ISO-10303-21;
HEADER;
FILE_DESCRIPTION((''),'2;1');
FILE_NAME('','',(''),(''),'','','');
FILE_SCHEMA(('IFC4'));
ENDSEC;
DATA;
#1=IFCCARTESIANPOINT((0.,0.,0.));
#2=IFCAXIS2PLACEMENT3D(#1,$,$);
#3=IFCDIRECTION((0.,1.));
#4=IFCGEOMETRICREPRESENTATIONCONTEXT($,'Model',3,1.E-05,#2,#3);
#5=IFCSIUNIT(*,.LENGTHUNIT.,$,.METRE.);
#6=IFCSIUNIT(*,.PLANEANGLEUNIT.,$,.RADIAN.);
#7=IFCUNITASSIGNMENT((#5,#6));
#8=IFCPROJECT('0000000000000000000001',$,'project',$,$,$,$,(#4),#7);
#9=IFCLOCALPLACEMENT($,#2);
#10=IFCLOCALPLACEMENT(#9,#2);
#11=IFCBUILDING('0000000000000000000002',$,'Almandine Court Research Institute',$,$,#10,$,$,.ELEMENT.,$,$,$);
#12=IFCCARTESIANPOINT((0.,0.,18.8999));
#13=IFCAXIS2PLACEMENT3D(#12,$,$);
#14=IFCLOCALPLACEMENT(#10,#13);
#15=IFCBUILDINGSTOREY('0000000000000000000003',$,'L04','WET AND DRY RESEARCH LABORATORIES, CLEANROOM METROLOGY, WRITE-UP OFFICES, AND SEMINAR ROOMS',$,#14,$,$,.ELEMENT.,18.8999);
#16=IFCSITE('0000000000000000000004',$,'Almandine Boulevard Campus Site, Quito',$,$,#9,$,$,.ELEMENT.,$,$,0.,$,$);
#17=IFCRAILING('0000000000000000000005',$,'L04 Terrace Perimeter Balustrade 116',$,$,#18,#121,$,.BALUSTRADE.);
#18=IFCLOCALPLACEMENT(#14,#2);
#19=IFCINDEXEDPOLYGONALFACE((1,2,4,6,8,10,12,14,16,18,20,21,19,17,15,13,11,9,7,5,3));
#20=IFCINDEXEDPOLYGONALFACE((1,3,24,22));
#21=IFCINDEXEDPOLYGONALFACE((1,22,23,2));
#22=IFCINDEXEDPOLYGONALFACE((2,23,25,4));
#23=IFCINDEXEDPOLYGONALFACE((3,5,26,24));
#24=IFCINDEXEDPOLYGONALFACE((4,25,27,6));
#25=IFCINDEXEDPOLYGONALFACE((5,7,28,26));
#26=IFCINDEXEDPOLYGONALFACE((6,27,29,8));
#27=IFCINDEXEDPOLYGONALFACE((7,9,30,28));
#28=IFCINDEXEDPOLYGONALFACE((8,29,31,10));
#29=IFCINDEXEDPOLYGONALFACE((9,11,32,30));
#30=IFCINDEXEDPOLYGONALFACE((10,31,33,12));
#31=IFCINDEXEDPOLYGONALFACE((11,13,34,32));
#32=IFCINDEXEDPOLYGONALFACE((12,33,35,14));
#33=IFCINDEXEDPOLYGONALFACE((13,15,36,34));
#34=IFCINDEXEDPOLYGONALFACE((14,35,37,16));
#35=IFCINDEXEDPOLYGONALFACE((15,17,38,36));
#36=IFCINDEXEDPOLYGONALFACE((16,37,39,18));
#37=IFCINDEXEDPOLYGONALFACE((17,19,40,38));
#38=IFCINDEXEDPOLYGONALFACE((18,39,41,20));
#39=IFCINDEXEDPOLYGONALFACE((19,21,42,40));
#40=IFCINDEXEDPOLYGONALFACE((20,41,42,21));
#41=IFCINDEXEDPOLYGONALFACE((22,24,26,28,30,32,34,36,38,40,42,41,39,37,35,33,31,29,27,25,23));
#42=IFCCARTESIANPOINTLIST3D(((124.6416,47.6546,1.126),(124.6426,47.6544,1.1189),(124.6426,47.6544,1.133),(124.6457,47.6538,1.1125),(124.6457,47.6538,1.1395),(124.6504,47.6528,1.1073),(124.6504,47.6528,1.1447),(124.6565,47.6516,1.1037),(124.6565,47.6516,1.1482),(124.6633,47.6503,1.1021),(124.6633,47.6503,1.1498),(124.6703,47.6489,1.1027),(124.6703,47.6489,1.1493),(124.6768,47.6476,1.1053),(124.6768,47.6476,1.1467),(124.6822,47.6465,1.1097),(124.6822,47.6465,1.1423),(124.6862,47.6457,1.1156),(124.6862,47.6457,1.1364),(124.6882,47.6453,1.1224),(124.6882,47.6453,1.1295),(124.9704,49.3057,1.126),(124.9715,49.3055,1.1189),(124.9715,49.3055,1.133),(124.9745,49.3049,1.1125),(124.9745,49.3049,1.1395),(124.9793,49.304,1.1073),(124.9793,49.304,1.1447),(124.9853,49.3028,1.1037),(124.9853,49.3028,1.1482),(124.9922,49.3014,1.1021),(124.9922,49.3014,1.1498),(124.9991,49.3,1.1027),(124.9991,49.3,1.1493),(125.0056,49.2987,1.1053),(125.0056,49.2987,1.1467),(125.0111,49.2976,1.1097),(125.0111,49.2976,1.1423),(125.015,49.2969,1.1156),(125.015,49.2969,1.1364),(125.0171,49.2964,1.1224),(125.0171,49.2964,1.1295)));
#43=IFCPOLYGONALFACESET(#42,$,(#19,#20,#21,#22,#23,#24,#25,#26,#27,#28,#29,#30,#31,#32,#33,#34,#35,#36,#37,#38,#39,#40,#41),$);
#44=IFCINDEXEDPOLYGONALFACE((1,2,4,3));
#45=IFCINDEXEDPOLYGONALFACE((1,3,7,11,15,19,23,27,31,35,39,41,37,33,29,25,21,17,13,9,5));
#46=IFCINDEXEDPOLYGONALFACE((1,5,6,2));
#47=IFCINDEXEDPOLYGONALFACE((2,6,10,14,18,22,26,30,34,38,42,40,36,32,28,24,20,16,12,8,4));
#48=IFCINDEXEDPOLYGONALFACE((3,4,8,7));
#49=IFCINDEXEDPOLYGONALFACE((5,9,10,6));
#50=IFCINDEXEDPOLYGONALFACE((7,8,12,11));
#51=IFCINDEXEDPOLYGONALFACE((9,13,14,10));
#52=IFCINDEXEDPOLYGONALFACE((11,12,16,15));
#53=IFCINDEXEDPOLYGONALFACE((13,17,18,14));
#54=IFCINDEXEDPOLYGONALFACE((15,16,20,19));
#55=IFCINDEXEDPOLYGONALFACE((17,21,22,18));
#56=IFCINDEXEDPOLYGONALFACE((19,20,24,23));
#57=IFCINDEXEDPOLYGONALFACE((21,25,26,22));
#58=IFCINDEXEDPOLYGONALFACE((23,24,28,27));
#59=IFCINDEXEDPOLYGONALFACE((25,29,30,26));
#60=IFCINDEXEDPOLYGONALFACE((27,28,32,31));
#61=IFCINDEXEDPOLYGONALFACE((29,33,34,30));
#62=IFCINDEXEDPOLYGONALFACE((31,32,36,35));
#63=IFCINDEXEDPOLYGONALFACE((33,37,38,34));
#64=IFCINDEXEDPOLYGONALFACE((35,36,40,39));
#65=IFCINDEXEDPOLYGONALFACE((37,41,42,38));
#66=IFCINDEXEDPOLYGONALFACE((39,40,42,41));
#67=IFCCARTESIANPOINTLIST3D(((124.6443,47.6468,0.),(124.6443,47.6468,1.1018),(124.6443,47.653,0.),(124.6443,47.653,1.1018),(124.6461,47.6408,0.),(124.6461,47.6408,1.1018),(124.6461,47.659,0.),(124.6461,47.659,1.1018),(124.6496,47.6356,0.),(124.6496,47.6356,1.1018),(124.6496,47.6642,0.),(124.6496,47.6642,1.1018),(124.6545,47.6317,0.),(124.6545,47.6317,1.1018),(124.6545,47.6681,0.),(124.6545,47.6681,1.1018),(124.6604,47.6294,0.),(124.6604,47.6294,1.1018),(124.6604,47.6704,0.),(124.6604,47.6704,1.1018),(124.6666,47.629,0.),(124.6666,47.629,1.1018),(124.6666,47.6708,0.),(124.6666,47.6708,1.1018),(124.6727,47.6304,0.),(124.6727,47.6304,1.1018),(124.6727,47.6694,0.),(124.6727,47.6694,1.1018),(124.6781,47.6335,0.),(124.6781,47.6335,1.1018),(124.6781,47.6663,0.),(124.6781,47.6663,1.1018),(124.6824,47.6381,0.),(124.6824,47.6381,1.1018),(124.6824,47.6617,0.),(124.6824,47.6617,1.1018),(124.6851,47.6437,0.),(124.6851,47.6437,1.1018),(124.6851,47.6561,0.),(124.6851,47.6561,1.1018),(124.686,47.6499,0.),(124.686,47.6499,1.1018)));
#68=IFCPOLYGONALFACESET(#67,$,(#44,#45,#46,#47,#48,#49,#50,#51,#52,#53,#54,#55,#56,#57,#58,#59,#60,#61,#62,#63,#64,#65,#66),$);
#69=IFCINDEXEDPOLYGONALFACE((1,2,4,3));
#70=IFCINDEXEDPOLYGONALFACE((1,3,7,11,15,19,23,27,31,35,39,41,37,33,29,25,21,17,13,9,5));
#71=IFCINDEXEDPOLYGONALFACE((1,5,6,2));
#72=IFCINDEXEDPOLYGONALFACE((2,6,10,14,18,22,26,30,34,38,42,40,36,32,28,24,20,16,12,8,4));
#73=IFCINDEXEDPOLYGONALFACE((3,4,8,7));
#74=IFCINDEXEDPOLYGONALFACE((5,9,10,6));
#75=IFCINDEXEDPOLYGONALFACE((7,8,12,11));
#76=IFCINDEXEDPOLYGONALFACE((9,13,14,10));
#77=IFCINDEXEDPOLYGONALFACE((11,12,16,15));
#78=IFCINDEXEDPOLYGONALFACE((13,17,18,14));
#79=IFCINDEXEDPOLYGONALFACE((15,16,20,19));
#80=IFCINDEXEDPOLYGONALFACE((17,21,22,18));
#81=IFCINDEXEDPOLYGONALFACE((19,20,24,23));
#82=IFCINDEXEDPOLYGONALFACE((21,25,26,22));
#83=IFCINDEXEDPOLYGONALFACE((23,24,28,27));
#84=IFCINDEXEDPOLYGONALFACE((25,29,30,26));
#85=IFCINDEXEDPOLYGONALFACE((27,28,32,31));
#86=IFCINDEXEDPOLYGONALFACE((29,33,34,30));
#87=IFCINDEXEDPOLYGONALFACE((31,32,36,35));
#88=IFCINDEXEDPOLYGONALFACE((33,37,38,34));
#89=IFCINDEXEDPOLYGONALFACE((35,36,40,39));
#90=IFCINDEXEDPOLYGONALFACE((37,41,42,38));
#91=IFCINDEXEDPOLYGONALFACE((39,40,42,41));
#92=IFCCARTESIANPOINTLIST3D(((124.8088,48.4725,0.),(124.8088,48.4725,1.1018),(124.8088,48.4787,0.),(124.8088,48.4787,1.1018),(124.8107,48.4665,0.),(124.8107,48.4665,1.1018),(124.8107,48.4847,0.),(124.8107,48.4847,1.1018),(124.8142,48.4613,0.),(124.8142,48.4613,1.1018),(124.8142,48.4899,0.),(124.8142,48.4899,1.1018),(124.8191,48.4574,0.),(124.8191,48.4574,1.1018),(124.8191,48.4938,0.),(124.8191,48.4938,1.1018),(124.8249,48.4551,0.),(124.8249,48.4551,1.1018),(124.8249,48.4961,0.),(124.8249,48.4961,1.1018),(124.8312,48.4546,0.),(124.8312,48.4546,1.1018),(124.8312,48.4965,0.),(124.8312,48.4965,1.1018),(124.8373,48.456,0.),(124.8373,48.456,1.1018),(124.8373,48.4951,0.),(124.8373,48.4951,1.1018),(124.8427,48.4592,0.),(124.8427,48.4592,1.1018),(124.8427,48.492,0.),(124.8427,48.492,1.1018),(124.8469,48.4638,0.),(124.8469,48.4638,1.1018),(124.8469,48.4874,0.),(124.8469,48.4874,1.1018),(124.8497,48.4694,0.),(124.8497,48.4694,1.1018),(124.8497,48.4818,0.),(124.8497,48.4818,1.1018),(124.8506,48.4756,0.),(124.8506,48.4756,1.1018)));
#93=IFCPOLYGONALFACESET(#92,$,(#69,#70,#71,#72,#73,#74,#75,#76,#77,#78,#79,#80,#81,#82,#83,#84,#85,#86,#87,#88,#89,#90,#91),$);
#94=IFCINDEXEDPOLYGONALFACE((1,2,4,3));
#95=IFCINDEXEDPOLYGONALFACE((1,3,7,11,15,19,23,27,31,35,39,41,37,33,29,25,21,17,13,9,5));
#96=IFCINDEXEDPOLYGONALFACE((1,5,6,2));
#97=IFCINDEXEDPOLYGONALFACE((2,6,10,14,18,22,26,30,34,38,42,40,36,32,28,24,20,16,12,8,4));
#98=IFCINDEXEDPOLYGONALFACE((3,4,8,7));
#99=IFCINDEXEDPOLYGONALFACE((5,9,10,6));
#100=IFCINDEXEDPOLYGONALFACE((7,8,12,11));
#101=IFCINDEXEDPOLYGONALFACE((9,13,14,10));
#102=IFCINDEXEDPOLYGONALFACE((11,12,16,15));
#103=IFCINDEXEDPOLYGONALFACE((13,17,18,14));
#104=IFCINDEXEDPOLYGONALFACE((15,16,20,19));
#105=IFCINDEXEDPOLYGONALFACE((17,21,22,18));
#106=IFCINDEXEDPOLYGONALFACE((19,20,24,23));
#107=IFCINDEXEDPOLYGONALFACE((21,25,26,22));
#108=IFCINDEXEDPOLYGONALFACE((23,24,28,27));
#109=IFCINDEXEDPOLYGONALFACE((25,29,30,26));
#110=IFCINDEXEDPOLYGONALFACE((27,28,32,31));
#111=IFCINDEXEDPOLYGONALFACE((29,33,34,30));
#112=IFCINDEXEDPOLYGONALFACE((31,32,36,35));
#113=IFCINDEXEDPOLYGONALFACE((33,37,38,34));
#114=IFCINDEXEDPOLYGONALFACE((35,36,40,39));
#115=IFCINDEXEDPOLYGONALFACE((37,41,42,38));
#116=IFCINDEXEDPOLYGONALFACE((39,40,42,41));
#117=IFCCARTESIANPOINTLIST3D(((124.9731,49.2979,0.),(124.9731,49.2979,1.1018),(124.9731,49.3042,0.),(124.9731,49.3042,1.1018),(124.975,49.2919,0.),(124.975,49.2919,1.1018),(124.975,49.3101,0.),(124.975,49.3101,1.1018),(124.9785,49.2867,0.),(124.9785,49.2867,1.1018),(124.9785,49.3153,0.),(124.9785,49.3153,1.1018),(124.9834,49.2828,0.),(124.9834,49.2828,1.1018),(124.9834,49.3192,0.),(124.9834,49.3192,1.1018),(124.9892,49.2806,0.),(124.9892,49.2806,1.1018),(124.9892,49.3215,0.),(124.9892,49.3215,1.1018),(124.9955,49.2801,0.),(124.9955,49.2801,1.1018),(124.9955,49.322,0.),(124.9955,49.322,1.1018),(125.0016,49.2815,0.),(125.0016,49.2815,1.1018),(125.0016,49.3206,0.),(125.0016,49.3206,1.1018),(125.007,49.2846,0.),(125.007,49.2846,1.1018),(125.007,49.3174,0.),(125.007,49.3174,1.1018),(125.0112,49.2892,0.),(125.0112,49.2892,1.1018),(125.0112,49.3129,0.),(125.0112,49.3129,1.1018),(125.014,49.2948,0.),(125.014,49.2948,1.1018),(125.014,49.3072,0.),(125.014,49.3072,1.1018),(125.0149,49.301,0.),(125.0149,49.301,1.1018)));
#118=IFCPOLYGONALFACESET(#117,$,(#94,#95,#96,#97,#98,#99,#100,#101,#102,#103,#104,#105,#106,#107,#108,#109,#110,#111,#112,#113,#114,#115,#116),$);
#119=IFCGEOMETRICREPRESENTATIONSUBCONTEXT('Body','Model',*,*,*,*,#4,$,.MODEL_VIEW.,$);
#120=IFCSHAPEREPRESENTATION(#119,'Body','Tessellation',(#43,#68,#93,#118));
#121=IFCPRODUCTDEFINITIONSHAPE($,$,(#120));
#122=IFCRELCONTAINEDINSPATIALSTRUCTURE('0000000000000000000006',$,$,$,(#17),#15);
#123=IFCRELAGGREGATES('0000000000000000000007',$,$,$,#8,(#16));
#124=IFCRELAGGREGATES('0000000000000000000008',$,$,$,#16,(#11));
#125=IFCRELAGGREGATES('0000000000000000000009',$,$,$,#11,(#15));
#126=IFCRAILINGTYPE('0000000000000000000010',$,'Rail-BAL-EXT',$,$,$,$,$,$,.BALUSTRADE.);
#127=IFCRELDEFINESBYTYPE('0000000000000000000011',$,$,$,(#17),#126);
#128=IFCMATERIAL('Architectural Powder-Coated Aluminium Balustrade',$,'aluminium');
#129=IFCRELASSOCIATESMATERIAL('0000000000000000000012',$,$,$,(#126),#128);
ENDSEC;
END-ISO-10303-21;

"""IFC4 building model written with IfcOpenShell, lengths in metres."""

from ifc_helpers import new_model, si_unit, direction, frame, origin, origin_2d, place, context, subcontext, project, spatial, circle, extrude, material, type_object, element, save


model = new_model("IFC4")

# Units and contexts
model_context = context("Model", 3, precision=1e-05, world=origin(), true_north=direction((0.0, 1.0)))
body_context = subcontext(model_context, "Body", "Model", "MODEL_VIEW")
ifc_project = project(units=[si_unit("LENGTHUNIT", "METRE"), si_unit("PLANEANGLEUNIT", "RADIAN")], contexts=[model_context])

# Site, building, storey
site_placement = place(None, origin())
site = spatial("IfcSite", under=ifc_project, at=site_placement, Name="Almandine Boulevard Campus Site, Quito", CompositionType="ELEMENT", RefElevation=0.0)
building_placement = place(site_placement, origin())
building = spatial("IfcBuilding", under=site, at=building_placement, Name="Almandine Court Research Institute", CompositionType="ELEMENT")
storey_placement = place(building_placement, frame((0.0, 0.0, 18.8999)))
storey = spatial("IfcBuildingStorey", under=building, at=storey_placement, Name="L04", Description="WET AND DRY RESEARCH LABORATORIES, CLEANROOM METROLOGY, WRITE-UP OFFICES, AND SEMINAR ROOMS", CompositionType="ELEMENT", Elevation=18.8999)

# Railing
ifc_material_1 = material(Name="Architectural Powder-Coated Aluminium Balustrade", Category="aluminium")
railing_type = type_object("IfcRailingType", Name="Rail-BAL-EXT", PredefinedType="BALUSTRADE", material=ifc_material_1)
railing_1_placement = place(storey_placement, frame((124.665, 47.6499, 0.0)))
element("IfcRailing", 1, at=railing_1_placement, inside=storey, type_object=railing_type, Name="L04 Terrace Perimeter Balustrade 116", PredefinedType="BALUSTRADE", context=body_context, shape_type="SweptSolid", body=[
    extrude(circle(Radius=0.0239, at=origin_2d()), frame((0.0, 0.0, 1.126), z_axis=(0.195335, 0.980737, 0.0), x_axis=(-0.980737, 0.195335, 0.0)), (0.0, 0.0, 1.0), 1.6836),
    extrude(circle(Radius=0.021, at=origin_2d()), origin(), (0.0, 0.0, 1.0), 1.1018),
    extrude(circle(Radius=0.021, at=origin_2d()), frame((0.1646, 0.8257, 0.0)), (0.0, 0.0, 1.0), 1.1018),
    extrude(circle(Radius=0.021, at=origin_2d()), frame((0.3289, 1.6511, 0.0)), (0.0, 0.0, 1.0), 1.1018),
])

save(model, "model.ifc")
